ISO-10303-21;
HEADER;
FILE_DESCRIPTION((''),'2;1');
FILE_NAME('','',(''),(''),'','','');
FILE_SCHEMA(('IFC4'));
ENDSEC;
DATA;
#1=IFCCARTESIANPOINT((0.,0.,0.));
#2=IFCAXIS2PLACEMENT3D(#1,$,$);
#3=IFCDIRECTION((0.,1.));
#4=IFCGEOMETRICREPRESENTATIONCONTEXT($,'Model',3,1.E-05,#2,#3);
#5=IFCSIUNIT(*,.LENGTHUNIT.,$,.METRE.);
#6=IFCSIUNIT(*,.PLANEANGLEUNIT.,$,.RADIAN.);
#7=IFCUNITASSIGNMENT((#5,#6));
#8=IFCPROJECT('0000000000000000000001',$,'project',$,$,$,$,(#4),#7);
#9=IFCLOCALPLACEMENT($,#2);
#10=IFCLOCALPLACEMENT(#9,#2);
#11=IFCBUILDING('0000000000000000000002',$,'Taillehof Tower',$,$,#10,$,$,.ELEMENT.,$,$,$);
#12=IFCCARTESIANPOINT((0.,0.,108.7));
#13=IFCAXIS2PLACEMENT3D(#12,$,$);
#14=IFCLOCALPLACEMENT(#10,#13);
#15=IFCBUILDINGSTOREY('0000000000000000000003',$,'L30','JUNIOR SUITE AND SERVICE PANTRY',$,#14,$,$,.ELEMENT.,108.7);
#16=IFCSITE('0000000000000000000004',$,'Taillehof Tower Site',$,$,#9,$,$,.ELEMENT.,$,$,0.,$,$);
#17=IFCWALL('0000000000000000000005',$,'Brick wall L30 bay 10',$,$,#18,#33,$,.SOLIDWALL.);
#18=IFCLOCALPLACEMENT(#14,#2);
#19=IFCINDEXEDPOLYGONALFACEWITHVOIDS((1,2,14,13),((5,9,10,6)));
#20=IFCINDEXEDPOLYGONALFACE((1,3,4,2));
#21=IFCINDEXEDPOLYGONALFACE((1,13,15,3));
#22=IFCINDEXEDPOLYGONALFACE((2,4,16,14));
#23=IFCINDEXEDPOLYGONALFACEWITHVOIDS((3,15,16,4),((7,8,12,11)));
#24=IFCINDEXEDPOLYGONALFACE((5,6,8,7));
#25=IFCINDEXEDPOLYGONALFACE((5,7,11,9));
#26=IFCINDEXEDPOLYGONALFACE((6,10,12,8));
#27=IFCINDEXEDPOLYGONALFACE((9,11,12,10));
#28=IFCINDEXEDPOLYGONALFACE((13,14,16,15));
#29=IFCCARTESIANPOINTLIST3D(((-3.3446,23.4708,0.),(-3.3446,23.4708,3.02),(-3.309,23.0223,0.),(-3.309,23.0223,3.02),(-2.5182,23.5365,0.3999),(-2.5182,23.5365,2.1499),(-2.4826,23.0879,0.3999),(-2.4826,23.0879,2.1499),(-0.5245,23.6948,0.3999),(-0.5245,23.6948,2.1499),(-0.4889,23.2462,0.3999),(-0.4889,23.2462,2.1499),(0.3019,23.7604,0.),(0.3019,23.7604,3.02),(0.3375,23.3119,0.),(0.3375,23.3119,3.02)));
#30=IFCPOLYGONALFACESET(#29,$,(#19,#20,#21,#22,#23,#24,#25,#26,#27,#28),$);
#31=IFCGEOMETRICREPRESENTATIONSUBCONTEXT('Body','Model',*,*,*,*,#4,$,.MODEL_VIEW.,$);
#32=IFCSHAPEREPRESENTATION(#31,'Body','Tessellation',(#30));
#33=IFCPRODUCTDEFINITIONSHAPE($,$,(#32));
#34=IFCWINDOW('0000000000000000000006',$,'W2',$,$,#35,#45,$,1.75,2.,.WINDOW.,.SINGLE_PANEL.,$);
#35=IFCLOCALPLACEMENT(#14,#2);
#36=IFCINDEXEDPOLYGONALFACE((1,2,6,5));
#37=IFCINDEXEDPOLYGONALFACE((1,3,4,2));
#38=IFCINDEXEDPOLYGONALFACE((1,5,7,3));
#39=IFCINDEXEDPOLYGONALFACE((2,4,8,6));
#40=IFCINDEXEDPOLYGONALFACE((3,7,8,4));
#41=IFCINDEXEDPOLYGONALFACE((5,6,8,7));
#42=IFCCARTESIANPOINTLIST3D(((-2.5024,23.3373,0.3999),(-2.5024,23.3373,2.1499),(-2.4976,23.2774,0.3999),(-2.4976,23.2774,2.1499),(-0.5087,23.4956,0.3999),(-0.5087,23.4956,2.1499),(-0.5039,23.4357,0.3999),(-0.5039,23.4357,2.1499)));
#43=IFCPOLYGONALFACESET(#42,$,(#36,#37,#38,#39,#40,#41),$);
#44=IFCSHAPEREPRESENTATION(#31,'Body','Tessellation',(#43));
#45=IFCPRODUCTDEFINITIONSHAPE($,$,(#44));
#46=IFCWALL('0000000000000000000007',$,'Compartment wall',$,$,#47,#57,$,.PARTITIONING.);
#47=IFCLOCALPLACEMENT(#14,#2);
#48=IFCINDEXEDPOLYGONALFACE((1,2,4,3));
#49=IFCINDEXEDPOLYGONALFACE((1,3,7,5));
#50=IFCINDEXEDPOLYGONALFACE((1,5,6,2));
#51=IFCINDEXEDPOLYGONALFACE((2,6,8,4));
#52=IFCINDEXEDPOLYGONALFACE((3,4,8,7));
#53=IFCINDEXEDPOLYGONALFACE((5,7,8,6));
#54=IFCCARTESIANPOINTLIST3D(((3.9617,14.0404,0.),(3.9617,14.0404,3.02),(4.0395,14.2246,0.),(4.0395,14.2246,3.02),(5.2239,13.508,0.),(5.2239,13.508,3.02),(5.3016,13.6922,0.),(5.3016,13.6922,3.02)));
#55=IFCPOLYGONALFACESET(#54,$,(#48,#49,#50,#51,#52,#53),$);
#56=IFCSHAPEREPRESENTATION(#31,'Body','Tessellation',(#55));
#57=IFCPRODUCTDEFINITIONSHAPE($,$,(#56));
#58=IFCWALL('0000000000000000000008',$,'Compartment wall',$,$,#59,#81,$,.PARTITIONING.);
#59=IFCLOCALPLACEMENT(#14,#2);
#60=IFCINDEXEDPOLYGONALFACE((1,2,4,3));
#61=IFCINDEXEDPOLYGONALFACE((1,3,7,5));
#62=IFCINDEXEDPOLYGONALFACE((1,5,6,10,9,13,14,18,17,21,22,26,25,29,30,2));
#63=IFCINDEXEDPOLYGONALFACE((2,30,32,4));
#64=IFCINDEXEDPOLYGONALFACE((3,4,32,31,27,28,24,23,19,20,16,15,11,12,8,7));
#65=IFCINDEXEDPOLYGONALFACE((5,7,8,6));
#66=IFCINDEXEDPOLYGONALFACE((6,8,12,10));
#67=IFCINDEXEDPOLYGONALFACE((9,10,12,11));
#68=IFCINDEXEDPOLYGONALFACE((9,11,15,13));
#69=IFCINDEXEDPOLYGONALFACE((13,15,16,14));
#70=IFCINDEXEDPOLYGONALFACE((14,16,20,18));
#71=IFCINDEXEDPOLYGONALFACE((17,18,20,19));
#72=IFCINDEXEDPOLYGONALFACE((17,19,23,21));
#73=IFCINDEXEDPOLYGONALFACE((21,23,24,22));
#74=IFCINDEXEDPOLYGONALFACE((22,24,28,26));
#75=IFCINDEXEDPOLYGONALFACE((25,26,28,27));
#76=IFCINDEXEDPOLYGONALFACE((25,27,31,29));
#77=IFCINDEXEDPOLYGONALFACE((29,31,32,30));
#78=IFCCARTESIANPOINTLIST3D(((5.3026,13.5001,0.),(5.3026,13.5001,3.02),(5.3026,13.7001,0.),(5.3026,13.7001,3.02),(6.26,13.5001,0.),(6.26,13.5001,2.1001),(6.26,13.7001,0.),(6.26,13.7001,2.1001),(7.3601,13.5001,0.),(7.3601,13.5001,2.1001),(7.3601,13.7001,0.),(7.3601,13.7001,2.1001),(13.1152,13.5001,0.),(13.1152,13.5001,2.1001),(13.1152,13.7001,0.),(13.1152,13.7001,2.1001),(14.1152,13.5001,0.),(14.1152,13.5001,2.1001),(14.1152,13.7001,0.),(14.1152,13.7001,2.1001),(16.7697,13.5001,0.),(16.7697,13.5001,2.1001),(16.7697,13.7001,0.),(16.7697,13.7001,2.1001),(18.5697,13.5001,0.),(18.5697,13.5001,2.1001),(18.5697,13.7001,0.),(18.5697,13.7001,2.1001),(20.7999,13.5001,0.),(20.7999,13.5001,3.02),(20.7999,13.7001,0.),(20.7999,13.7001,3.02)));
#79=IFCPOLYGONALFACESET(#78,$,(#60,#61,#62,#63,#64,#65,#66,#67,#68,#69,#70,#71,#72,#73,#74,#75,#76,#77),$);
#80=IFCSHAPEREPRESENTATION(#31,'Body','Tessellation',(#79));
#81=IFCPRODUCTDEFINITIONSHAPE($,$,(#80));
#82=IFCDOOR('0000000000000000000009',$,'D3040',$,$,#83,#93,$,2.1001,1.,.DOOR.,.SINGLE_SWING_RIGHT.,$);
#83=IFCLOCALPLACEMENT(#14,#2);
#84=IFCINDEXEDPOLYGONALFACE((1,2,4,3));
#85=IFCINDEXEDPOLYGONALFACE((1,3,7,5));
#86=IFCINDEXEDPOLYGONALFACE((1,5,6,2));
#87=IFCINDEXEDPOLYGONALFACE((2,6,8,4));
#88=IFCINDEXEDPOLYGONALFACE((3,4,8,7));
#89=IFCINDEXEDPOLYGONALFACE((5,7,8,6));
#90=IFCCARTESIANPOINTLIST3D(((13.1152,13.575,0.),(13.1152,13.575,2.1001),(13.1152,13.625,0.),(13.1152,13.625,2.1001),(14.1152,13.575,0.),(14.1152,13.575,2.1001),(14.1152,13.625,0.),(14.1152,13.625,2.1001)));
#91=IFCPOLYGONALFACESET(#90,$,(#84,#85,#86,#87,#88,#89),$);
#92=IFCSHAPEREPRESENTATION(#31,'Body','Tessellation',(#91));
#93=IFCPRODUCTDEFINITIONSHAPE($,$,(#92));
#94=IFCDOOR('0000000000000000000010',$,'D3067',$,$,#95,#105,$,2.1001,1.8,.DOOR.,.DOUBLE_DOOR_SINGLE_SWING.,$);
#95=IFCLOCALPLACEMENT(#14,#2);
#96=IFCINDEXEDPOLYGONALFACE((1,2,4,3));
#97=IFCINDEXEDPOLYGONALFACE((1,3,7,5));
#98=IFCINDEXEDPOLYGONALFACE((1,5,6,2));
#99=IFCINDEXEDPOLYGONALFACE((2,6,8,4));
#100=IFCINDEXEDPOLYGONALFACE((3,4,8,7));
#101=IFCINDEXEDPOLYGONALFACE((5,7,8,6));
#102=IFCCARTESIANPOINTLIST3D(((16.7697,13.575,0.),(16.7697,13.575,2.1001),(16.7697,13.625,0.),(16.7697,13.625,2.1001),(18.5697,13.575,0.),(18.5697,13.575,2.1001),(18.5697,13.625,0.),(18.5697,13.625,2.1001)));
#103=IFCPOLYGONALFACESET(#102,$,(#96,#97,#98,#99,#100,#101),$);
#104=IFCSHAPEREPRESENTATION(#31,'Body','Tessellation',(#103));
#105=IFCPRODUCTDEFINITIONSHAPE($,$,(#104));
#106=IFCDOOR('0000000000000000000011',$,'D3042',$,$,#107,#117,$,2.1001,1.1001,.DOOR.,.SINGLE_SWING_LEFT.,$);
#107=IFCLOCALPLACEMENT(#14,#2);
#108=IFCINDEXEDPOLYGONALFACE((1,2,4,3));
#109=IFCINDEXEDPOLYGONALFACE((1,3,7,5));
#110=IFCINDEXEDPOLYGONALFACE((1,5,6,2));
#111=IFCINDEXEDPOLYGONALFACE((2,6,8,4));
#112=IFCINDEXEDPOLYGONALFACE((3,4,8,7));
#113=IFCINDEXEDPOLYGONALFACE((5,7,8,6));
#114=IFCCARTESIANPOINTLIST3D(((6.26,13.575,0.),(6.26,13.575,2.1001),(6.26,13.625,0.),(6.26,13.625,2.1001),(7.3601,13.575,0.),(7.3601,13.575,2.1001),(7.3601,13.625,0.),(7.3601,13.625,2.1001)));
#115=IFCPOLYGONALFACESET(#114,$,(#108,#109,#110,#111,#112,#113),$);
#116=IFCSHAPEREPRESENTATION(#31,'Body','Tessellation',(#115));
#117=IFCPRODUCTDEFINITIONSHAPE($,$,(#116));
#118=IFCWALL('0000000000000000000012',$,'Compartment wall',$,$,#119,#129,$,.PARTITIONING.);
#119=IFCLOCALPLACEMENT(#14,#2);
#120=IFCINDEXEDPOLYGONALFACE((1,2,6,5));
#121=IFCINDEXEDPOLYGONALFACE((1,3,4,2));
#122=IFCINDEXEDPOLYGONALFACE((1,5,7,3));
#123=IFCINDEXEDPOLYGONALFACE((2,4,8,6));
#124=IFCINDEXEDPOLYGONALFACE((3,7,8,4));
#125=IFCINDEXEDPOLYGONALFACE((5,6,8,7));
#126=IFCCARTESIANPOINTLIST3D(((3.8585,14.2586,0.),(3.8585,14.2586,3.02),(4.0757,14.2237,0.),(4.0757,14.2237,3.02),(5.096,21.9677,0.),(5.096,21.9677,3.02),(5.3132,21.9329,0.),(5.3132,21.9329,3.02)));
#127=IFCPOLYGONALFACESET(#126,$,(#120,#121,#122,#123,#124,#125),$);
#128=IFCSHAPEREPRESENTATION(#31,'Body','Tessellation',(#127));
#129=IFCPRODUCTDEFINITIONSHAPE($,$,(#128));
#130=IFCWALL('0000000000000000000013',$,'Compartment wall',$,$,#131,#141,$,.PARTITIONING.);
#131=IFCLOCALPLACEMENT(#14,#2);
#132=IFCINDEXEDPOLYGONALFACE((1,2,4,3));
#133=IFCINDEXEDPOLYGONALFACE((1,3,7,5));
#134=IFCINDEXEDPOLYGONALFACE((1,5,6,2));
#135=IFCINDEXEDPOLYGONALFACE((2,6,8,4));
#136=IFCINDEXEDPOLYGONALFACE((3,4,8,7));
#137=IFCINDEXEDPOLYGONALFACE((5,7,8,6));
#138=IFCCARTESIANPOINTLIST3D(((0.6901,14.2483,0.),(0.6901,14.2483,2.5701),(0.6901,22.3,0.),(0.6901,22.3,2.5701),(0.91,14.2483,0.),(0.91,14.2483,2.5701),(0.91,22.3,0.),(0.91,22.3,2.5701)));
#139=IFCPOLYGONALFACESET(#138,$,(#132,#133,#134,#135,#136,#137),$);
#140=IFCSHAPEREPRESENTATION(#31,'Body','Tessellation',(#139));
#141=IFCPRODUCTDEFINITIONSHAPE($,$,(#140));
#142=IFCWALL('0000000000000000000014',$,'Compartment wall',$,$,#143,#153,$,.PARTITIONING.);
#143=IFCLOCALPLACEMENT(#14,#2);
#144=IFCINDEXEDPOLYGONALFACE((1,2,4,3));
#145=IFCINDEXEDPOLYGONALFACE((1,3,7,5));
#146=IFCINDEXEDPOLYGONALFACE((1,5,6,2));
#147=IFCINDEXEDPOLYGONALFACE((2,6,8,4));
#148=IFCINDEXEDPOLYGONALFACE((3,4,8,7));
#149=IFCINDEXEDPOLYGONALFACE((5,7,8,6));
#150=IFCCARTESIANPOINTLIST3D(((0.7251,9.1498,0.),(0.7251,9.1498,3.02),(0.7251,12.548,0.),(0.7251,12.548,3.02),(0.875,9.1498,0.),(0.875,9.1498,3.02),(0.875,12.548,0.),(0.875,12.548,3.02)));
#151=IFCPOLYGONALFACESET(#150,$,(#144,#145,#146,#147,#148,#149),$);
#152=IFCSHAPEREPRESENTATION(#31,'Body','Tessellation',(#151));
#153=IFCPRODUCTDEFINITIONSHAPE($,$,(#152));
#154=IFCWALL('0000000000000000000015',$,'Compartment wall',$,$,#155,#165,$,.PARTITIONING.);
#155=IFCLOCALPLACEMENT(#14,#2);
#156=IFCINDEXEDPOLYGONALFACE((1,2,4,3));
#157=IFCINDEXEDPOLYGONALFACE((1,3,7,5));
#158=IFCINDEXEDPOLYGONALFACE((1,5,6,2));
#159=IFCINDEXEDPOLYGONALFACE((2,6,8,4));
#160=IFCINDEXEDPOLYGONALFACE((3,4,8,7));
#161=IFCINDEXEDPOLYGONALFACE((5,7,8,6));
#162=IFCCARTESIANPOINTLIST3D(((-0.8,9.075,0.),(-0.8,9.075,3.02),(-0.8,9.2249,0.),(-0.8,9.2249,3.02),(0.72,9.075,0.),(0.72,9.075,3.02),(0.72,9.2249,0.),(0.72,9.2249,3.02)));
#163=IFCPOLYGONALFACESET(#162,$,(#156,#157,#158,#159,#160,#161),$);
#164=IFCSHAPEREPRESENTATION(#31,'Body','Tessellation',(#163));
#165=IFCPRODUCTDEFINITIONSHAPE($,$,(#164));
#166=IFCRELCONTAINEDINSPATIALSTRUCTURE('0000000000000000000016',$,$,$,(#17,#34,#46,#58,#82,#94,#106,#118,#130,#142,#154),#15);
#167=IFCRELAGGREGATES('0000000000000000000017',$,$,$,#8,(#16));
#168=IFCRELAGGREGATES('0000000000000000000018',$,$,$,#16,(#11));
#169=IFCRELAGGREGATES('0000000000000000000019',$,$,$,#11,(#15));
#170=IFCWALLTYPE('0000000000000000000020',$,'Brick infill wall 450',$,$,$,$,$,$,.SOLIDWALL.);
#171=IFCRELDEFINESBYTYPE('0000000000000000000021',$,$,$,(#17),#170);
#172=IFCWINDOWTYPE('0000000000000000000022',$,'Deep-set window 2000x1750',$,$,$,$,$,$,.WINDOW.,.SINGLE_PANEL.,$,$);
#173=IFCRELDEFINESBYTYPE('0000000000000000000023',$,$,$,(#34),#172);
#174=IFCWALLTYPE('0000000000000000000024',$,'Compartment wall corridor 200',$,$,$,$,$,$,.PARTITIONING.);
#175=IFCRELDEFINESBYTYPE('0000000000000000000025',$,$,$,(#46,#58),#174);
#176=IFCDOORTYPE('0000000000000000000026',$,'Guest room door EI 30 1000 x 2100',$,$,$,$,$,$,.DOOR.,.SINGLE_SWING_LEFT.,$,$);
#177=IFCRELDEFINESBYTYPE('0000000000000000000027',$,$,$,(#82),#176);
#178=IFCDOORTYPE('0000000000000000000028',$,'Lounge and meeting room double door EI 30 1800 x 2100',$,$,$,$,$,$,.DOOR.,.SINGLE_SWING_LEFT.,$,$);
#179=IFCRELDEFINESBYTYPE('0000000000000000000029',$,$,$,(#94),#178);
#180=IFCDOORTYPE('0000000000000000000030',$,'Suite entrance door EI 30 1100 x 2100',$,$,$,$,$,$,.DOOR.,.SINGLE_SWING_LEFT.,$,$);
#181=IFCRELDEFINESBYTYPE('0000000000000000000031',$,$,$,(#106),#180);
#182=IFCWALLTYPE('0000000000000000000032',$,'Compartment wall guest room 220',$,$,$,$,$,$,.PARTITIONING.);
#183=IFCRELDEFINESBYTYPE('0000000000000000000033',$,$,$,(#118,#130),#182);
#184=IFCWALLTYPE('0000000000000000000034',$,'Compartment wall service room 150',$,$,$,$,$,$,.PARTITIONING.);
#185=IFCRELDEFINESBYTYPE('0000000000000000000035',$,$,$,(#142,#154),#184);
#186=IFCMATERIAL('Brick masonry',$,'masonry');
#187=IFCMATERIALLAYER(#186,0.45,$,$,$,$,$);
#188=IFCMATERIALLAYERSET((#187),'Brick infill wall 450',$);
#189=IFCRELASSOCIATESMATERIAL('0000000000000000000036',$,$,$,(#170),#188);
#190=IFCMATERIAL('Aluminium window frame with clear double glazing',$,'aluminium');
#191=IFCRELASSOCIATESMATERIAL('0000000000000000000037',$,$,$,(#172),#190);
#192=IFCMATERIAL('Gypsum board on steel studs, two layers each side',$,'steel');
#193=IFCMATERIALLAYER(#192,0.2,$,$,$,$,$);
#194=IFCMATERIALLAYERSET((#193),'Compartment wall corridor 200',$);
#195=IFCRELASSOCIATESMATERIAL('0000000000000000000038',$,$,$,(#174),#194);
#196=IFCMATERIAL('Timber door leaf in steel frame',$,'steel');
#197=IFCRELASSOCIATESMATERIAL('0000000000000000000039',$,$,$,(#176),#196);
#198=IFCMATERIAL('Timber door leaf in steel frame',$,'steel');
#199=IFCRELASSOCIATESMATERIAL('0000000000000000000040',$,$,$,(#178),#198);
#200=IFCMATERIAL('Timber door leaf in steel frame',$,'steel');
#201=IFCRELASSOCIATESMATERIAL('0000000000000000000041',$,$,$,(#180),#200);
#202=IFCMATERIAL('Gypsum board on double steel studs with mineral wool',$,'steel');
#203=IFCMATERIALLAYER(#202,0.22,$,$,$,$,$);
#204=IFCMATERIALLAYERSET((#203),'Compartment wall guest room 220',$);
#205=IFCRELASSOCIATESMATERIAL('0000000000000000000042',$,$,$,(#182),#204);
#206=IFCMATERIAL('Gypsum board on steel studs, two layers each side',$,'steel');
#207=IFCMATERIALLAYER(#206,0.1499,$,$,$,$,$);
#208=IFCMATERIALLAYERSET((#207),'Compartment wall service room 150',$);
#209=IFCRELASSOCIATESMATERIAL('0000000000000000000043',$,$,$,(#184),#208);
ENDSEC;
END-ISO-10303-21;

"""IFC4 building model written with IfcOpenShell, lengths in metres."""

from ifc_helpers import new_model, si_unit, direction, frame, frame_2d, origin, place, context, subcontext, project, spatial, rectangle, extrude, material, layer, layer_set, type_object, element, fill, save


model = new_model("IFC4")

# Units and contexts
model_context = context("Model", 3, precision=1e-05, world=origin(), true_north=direction((0.0, 1.0)))
body_context = subcontext(model_context, "Body", "Model", "MODEL_VIEW")
ifc_project = project(units=[si_unit("LENGTHUNIT", "METRE"), si_unit("PLANEANGLEUNIT", "RADIAN")], contexts=[model_context])

# Site, building, storey
site_placement = place(None, origin())
site = spatial("IfcSite", under=ifc_project, at=site_placement, Name="Taillehof Tower Site", CompositionType="ELEMENT", RefElevation=0.0)
building_placement = place(site_placement, origin())
building = spatial("IfcBuilding", under=site, at=building_placement, Name="Taillehof Tower", CompositionType="ELEMENT")
storey_placement = place(building_placement, frame((0.0, 0.0, 108.7)))
storey = spatial("IfcBuildingStorey", under=building, at=storey_placement, Name="L30", Description="JUNIOR SUITE AND SERVICE PANTRY", CompositionType="ELEMENT", Elevation=108.7)

# Wall, opening, window
ifc_material_1 = material(Name="Brick masonry", Category="masonry")
ifc_layer_1 = layer(ifc_material_1, 0.45)
ifc_layer_set_1 = layer_set([ifc_layer_1], Name="Brick infill wall 450")
wall_type_1 = type_object("IfcWallType", Name="Brick infill wall 450", PredefinedType="SOLIDWALL", material=ifc_layer_set_1)
ifc_material_2 = material(Name="Aluminium window frame with clear double glazing", Category="aluminium")
window_type = type_object("IfcWindowType", Name="Deep-set window 2000x1750", PartitioningType="SINGLE_PANEL", PredefinedType="WINDOW", material=ifc_material_2)
wall_1_placement = place(storey_placement, frame((0.3198, 23.5361, 0.0), z_axis=(0.0, 0.0, 1.0), x_axis=(-0.996862, -0.079156, 0.0)))
wall_1 = element("IfcWall", 1, at=wall_1_placement, inside=storey, type_object=wall_type_1, Name="Brick wall L30 bay 10", PredefinedType="SOLIDWALL", context=body_context, shape_type="SweptSolid", body=[
    extrude(rectangle(XDim=3.658, YDim=0.45, at=frame_2d((1.8291, 0.0))), origin(), (0.0, 0.0, 1.0), 3.02),
])
opening_1_placement = place(wall_1_placement, frame((0.8291, 0.0, 0.3999)))
opening_1 = element("IfcOpeningElement", 2, at=opening_1_placement, cuts=wall_1, PredefinedType="OPENING", context=body_context, shape_type="SweptSolid", body=[
    extrude(rectangle(XDim=2.0, YDim=1.75, at=frame_2d((1.0, 0.875))), frame((0.0, 0.2349, 0.0), z_axis=(0.0, -1.0, 0.0), x_axis=(1.0, 0.0, 0.0)), (0.0, 0.0, 1.0), 0.47),
])
window_1_placement = place(opening_1_placement, origin())
window_1 = element("IfcWindow", 3, at=window_1_placement, inside=storey, type_object=window_type, Name="W2", OverallHeight=1.75, OverallWidth=2.0, PartitioningType="SINGLE_PANEL", PredefinedType="WINDOW", context=body_context, shape_type="SweptSolid", body=[
    extrude(rectangle(XDim=2.0, YDim=1.75, at=frame_2d((1.0, 0.875))), frame((0.0, 0.0349, 0.0), z_axis=(0.0, -1.0, 0.0), x_axis=(1.0, 0.0, 0.0)), (0.0, 0.0, 1.0), 0.0601),
])
fill(opening_1, window_1)

# Wall
ifc_material_3 = material(Name="Gypsum board on steel studs, two layers each side", Category="steel")
ifc_layer_2 = layer(ifc_material_3, 0.2)
ifc_layer_set_2 = layer_set([ifc_layer_2], Name="Compartment wall corridor 200")
wall_type_2 = type_object("IfcWallType", Name="Compartment wall corridor 200", PredefinedType="PARTITIONING", material=ifc_layer_set_2)
wall_2_placement = place(storey_placement, frame((4.0005, 14.1326, 0.0), z_axis=(0.0, 0.0, 1.0), x_axis=(0.92137, -0.388686, 0.0)))
element("IfcWall", 4, at=wall_2_placement, inside=storey, type_object=wall_type_2, Name="Compartment wall", PredefinedType="PARTITIONING", context=body_context, shape_type="SweptSolid", body=[
    extrude(rectangle(XDim=1.3699, YDim=0.2, at=frame_2d((0.6851, 0.0))), origin(), (0.0, 0.0, 1.0), 3.02),
])

# Wall, openings, doors
wall_3_placement = place(storey_placement, frame((5.3027, 13.6001, 0.0), z_axis=(0.0, 0.0, 1.0), x_axis=(1.0, 0.0, 0.0)))
wall_3 = element("IfcWall", 5, at=wall_3_placement, inside=storey, type_object=wall_type_2, Name="Compartment wall", PredefinedType="PARTITIONING", context=body_context, shape_type="SweptSolid", body=[
    extrude(rectangle(XDim=15.4973, YDim=0.2, at=frame_2d((7.7485, 0.0))), origin(), (0.0, 0.0, 1.0), 3.02),
])
opening_2_placement = place(wall_3_placement, frame((7.8125, 0.0, 0.0)))
opening_2 = element("IfcOpeningElement", 6, at=opening_2_placement, cuts=wall_3, PredefinedType="OPENING", context=body_context, shape_type="SweptSolid", body=[
    extrude(rectangle(XDim=1.0, YDim=2.1001, at=frame_2d((0.5, 1.05))), frame((0.0, 0.1099, 0.0), z_axis=(0.0, -1.0, 0.0), x_axis=(1.0, 0.0, 0.0)), (0.0, 0.0, 1.0), 0.22),
])
opening_3_placement = place(wall_3_placement, frame((0.9573, 0.0, 0.0)))
opening_3 = element("IfcOpeningElement", 7, at=opening_3_placement, cuts=wall_3, PredefinedType="OPENING", context=body_context, shape_type="SweptSolid", body=[
    extrude(rectangle(XDim=1.1001, YDim=2.1001, at=frame_2d((0.55, 1.05))), frame((0.0, 0.1099, 0.0), z_axis=(0.0, -1.0, 0.0), x_axis=(1.0, 0.0, 0.0)), (0.0, 0.0, 1.0), 0.22),
])
opening_4_placement = place(wall_3_placement, frame((11.467, 0.0, 0.0)))
opening_4 = element("IfcOpeningElement", 8, at=opening_4_placement, cuts=wall_3, PredefinedType="OPENING", context=body_context, shape_type="SweptSolid", body=[
    extrude(rectangle(XDim=1.8, YDim=2.1001, at=frame_2d((0.8999, 1.05))), frame((0.0, 0.1099, 0.0), z_axis=(0.0, -1.0, 0.0), x_axis=(1.0, 0.0, 0.0)), (0.0, 0.0, 1.0), 0.22),
])
ifc_material_4 = material(Name="Timber door leaf in steel frame", Category="steel")
door_type_1 = type_object("IfcDoorType", Name="Guest room door EI 30 1000 x 2100", OperationType="SINGLE_SWING_LEFT", PredefinedType="DOOR", material=ifc_material_4)
door_1_placement = place(opening_2_placement, origin())
door_1 = element("IfcDoor", 9, at=door_1_placement, inside=storey, type_object=door_type_1, Name="D3040", OperationType="SINGLE_SWING_RIGHT", OverallHeight=2.1001, OverallWidth=1.0, PredefinedType="DOOR", context=body_context, shape_type="SweptSolid", body=[
    extrude(rectangle(XDim=1.0, YDim=2.1001, at=frame_2d((0.5, 1.05))), frame((0.0, 0.0249, 0.0), z_axis=(0.0, -1.0, 0.0), x_axis=(1.0, 0.0, 0.0)), (0.0, 0.0, 1.0), 0.05),
])
fill(opening_2, door_1)
ifc_material_5 = material(Name="Timber door leaf in steel frame", Category="steel")
door_type_2 = type_object("IfcDoorType", Name="Lounge and meeting room double door EI 30 1800 x 2100", OperationType="SINGLE_SWING_LEFT", PredefinedType="DOOR", material=ifc_material_5)
door_2_placement = place(opening_4_placement, origin())
door_2 = element("IfcDoor", 10, at=door_2_placement, inside=storey, type_object=door_type_2, Name="D3067", OperationType="DOUBLE_DOOR_SINGLE_SWING", OverallHeight=2.1001, OverallWidth=1.8, PredefinedType="DOOR", context=body_context, shape_type="SweptSolid", body=[
    extrude(rectangle(XDim=1.8, YDim=2.1001, at=frame_2d((0.8999, 1.05))), frame((0.0, 0.0249, 0.0), z_axis=(0.0, -1.0, 0.0), x_axis=(1.0, 0.0, 0.0)), (0.0, 0.0, 1.0), 0.05),
])
fill(opening_4, door_2)
ifc_material_6 = material(Name="Timber door leaf in steel frame", Category="steel")
door_type_3 = type_object("IfcDoorType", Name="Suite entrance door EI 30 1100 x 2100", OperationType="SINGLE_SWING_LEFT", PredefinedType="DOOR", material=ifc_material_6)
door_3_placement = place(opening_3_placement, origin())
door_3 = element("IfcDoor", 11, at=door_3_placement, inside=storey, type_object=door_type_3, Name="D3042", OperationType="SINGLE_SWING_LEFT", OverallHeight=2.1001, OverallWidth=1.1001, PredefinedType="DOOR", context=body_context, shape_type="SweptSolid", body=[
    extrude(rectangle(XDim=1.1001, YDim=2.1001, at=frame_2d((0.55, 1.05))), frame((0.0, 0.0249, 0.0), z_axis=(0.0, -1.0, 0.0), x_axis=(1.0, 0.0, 0.0)), (0.0, 0.0, 1.0), 0.05),
])
fill(opening_3, door_3)

# Walls
ifc_material_7 = material(Name="Gypsum board on double steel studs with mineral wool", Category="steel")
ifc_layer_3 = layer(ifc_material_7, 0.22)
ifc_layer_set_3 = layer_set([ifc_layer_3], Name="Compartment wall guest room 220")
wall_type_3 = type_object("IfcWallType", Name="Compartment wall guest room 220", PredefinedType="PARTITIONING", material=ifc_layer_set_3)
wall_4_placement = place(storey_placement, frame((5.2046, 21.9502, 0.0), z_axis=(0.0, 0.0, 1.0), x_axis=(-0.158499, -0.987359, 0.0)))
element("IfcWall", 12, at=wall_4_placement, inside=storey, type_object=wall_type_3, Name="Compartment wall", PredefinedType="PARTITIONING", context=body_context, shape_type="SweptSolid", body=[
    extrude(rectangle(XDim=7.8079, YDim=0.22, at=frame_2d((3.9038, 0.0))), origin(), (0.0, 0.0, 1.0), 3.02),
])
wall_5_placement = place(storey_placement, frame((0.8, 22.3, 0.0), z_axis=(0.0, 0.0, 1.0), x_axis=(0.0, -1.0, 0.0)))
element("IfcWall", 13, at=wall_5_placement, inside=storey, type_object=wall_type_3, Name="Compartment wall", PredefinedType="PARTITIONING", context=body_context, shape_type="SweptSolid", body=[
    extrude(rectangle(XDim=8.0518, YDim=0.22, at=frame_2d((4.0259, 0.0))), origin(), (0.0, 0.0, 1.0), 2.5701),
])
ifc_material_8 = material(Name="Gypsum board on steel studs, two layers each side", Category="steel")
ifc_layer_4 = layer(ifc_material_8, 0.1499)
ifc_layer_set_4 = layer_set([ifc_layer_4], Name="Compartment wall service room 150")
wall_type_4 = type_object("IfcWallType", Name="Compartment wall service room 150", PredefinedType="PARTITIONING", material=ifc_layer_set_4)
wall_6_placement = place(storey_placement, frame((0.8, 12.5481, 0.0), z_axis=(0.0, 0.0, 1.0), x_axis=(0.0, -1.0, 0.0)))
element("IfcWall", 14, at=wall_6_placement, inside=storey, type_object=wall_type_4, Name="Compartment wall", PredefinedType="PARTITIONING", context=body_context, shape_type="SweptSolid", body=[
    extrude(rectangle(XDim=3.3982, YDim=0.1499, at=frame_2d((1.6992, 0.0))), origin(), (0.0, 0.0, 1.0), 3.02),
])
wall_7_placement = place(storey_placement, frame((0.72, 9.1499, 0.0), z_axis=(0.0, 0.0, 1.0), x_axis=(-1.0, 0.0, 0.0)))
element("IfcWall", 15, at=wall_7_placement, inside=storey, type_object=wall_type_4, Name="Compartment wall", PredefinedType="PARTITIONING", context=body_context, shape_type="SweptSolid", body=[
    extrude(rectangle(XDim=1.52, YDim=0.1499, at=frame_2d((0.76, 0.0))), origin(), (0.0, 0.0, 1.0), 3.02),
])

save(model, "model.ifc")
